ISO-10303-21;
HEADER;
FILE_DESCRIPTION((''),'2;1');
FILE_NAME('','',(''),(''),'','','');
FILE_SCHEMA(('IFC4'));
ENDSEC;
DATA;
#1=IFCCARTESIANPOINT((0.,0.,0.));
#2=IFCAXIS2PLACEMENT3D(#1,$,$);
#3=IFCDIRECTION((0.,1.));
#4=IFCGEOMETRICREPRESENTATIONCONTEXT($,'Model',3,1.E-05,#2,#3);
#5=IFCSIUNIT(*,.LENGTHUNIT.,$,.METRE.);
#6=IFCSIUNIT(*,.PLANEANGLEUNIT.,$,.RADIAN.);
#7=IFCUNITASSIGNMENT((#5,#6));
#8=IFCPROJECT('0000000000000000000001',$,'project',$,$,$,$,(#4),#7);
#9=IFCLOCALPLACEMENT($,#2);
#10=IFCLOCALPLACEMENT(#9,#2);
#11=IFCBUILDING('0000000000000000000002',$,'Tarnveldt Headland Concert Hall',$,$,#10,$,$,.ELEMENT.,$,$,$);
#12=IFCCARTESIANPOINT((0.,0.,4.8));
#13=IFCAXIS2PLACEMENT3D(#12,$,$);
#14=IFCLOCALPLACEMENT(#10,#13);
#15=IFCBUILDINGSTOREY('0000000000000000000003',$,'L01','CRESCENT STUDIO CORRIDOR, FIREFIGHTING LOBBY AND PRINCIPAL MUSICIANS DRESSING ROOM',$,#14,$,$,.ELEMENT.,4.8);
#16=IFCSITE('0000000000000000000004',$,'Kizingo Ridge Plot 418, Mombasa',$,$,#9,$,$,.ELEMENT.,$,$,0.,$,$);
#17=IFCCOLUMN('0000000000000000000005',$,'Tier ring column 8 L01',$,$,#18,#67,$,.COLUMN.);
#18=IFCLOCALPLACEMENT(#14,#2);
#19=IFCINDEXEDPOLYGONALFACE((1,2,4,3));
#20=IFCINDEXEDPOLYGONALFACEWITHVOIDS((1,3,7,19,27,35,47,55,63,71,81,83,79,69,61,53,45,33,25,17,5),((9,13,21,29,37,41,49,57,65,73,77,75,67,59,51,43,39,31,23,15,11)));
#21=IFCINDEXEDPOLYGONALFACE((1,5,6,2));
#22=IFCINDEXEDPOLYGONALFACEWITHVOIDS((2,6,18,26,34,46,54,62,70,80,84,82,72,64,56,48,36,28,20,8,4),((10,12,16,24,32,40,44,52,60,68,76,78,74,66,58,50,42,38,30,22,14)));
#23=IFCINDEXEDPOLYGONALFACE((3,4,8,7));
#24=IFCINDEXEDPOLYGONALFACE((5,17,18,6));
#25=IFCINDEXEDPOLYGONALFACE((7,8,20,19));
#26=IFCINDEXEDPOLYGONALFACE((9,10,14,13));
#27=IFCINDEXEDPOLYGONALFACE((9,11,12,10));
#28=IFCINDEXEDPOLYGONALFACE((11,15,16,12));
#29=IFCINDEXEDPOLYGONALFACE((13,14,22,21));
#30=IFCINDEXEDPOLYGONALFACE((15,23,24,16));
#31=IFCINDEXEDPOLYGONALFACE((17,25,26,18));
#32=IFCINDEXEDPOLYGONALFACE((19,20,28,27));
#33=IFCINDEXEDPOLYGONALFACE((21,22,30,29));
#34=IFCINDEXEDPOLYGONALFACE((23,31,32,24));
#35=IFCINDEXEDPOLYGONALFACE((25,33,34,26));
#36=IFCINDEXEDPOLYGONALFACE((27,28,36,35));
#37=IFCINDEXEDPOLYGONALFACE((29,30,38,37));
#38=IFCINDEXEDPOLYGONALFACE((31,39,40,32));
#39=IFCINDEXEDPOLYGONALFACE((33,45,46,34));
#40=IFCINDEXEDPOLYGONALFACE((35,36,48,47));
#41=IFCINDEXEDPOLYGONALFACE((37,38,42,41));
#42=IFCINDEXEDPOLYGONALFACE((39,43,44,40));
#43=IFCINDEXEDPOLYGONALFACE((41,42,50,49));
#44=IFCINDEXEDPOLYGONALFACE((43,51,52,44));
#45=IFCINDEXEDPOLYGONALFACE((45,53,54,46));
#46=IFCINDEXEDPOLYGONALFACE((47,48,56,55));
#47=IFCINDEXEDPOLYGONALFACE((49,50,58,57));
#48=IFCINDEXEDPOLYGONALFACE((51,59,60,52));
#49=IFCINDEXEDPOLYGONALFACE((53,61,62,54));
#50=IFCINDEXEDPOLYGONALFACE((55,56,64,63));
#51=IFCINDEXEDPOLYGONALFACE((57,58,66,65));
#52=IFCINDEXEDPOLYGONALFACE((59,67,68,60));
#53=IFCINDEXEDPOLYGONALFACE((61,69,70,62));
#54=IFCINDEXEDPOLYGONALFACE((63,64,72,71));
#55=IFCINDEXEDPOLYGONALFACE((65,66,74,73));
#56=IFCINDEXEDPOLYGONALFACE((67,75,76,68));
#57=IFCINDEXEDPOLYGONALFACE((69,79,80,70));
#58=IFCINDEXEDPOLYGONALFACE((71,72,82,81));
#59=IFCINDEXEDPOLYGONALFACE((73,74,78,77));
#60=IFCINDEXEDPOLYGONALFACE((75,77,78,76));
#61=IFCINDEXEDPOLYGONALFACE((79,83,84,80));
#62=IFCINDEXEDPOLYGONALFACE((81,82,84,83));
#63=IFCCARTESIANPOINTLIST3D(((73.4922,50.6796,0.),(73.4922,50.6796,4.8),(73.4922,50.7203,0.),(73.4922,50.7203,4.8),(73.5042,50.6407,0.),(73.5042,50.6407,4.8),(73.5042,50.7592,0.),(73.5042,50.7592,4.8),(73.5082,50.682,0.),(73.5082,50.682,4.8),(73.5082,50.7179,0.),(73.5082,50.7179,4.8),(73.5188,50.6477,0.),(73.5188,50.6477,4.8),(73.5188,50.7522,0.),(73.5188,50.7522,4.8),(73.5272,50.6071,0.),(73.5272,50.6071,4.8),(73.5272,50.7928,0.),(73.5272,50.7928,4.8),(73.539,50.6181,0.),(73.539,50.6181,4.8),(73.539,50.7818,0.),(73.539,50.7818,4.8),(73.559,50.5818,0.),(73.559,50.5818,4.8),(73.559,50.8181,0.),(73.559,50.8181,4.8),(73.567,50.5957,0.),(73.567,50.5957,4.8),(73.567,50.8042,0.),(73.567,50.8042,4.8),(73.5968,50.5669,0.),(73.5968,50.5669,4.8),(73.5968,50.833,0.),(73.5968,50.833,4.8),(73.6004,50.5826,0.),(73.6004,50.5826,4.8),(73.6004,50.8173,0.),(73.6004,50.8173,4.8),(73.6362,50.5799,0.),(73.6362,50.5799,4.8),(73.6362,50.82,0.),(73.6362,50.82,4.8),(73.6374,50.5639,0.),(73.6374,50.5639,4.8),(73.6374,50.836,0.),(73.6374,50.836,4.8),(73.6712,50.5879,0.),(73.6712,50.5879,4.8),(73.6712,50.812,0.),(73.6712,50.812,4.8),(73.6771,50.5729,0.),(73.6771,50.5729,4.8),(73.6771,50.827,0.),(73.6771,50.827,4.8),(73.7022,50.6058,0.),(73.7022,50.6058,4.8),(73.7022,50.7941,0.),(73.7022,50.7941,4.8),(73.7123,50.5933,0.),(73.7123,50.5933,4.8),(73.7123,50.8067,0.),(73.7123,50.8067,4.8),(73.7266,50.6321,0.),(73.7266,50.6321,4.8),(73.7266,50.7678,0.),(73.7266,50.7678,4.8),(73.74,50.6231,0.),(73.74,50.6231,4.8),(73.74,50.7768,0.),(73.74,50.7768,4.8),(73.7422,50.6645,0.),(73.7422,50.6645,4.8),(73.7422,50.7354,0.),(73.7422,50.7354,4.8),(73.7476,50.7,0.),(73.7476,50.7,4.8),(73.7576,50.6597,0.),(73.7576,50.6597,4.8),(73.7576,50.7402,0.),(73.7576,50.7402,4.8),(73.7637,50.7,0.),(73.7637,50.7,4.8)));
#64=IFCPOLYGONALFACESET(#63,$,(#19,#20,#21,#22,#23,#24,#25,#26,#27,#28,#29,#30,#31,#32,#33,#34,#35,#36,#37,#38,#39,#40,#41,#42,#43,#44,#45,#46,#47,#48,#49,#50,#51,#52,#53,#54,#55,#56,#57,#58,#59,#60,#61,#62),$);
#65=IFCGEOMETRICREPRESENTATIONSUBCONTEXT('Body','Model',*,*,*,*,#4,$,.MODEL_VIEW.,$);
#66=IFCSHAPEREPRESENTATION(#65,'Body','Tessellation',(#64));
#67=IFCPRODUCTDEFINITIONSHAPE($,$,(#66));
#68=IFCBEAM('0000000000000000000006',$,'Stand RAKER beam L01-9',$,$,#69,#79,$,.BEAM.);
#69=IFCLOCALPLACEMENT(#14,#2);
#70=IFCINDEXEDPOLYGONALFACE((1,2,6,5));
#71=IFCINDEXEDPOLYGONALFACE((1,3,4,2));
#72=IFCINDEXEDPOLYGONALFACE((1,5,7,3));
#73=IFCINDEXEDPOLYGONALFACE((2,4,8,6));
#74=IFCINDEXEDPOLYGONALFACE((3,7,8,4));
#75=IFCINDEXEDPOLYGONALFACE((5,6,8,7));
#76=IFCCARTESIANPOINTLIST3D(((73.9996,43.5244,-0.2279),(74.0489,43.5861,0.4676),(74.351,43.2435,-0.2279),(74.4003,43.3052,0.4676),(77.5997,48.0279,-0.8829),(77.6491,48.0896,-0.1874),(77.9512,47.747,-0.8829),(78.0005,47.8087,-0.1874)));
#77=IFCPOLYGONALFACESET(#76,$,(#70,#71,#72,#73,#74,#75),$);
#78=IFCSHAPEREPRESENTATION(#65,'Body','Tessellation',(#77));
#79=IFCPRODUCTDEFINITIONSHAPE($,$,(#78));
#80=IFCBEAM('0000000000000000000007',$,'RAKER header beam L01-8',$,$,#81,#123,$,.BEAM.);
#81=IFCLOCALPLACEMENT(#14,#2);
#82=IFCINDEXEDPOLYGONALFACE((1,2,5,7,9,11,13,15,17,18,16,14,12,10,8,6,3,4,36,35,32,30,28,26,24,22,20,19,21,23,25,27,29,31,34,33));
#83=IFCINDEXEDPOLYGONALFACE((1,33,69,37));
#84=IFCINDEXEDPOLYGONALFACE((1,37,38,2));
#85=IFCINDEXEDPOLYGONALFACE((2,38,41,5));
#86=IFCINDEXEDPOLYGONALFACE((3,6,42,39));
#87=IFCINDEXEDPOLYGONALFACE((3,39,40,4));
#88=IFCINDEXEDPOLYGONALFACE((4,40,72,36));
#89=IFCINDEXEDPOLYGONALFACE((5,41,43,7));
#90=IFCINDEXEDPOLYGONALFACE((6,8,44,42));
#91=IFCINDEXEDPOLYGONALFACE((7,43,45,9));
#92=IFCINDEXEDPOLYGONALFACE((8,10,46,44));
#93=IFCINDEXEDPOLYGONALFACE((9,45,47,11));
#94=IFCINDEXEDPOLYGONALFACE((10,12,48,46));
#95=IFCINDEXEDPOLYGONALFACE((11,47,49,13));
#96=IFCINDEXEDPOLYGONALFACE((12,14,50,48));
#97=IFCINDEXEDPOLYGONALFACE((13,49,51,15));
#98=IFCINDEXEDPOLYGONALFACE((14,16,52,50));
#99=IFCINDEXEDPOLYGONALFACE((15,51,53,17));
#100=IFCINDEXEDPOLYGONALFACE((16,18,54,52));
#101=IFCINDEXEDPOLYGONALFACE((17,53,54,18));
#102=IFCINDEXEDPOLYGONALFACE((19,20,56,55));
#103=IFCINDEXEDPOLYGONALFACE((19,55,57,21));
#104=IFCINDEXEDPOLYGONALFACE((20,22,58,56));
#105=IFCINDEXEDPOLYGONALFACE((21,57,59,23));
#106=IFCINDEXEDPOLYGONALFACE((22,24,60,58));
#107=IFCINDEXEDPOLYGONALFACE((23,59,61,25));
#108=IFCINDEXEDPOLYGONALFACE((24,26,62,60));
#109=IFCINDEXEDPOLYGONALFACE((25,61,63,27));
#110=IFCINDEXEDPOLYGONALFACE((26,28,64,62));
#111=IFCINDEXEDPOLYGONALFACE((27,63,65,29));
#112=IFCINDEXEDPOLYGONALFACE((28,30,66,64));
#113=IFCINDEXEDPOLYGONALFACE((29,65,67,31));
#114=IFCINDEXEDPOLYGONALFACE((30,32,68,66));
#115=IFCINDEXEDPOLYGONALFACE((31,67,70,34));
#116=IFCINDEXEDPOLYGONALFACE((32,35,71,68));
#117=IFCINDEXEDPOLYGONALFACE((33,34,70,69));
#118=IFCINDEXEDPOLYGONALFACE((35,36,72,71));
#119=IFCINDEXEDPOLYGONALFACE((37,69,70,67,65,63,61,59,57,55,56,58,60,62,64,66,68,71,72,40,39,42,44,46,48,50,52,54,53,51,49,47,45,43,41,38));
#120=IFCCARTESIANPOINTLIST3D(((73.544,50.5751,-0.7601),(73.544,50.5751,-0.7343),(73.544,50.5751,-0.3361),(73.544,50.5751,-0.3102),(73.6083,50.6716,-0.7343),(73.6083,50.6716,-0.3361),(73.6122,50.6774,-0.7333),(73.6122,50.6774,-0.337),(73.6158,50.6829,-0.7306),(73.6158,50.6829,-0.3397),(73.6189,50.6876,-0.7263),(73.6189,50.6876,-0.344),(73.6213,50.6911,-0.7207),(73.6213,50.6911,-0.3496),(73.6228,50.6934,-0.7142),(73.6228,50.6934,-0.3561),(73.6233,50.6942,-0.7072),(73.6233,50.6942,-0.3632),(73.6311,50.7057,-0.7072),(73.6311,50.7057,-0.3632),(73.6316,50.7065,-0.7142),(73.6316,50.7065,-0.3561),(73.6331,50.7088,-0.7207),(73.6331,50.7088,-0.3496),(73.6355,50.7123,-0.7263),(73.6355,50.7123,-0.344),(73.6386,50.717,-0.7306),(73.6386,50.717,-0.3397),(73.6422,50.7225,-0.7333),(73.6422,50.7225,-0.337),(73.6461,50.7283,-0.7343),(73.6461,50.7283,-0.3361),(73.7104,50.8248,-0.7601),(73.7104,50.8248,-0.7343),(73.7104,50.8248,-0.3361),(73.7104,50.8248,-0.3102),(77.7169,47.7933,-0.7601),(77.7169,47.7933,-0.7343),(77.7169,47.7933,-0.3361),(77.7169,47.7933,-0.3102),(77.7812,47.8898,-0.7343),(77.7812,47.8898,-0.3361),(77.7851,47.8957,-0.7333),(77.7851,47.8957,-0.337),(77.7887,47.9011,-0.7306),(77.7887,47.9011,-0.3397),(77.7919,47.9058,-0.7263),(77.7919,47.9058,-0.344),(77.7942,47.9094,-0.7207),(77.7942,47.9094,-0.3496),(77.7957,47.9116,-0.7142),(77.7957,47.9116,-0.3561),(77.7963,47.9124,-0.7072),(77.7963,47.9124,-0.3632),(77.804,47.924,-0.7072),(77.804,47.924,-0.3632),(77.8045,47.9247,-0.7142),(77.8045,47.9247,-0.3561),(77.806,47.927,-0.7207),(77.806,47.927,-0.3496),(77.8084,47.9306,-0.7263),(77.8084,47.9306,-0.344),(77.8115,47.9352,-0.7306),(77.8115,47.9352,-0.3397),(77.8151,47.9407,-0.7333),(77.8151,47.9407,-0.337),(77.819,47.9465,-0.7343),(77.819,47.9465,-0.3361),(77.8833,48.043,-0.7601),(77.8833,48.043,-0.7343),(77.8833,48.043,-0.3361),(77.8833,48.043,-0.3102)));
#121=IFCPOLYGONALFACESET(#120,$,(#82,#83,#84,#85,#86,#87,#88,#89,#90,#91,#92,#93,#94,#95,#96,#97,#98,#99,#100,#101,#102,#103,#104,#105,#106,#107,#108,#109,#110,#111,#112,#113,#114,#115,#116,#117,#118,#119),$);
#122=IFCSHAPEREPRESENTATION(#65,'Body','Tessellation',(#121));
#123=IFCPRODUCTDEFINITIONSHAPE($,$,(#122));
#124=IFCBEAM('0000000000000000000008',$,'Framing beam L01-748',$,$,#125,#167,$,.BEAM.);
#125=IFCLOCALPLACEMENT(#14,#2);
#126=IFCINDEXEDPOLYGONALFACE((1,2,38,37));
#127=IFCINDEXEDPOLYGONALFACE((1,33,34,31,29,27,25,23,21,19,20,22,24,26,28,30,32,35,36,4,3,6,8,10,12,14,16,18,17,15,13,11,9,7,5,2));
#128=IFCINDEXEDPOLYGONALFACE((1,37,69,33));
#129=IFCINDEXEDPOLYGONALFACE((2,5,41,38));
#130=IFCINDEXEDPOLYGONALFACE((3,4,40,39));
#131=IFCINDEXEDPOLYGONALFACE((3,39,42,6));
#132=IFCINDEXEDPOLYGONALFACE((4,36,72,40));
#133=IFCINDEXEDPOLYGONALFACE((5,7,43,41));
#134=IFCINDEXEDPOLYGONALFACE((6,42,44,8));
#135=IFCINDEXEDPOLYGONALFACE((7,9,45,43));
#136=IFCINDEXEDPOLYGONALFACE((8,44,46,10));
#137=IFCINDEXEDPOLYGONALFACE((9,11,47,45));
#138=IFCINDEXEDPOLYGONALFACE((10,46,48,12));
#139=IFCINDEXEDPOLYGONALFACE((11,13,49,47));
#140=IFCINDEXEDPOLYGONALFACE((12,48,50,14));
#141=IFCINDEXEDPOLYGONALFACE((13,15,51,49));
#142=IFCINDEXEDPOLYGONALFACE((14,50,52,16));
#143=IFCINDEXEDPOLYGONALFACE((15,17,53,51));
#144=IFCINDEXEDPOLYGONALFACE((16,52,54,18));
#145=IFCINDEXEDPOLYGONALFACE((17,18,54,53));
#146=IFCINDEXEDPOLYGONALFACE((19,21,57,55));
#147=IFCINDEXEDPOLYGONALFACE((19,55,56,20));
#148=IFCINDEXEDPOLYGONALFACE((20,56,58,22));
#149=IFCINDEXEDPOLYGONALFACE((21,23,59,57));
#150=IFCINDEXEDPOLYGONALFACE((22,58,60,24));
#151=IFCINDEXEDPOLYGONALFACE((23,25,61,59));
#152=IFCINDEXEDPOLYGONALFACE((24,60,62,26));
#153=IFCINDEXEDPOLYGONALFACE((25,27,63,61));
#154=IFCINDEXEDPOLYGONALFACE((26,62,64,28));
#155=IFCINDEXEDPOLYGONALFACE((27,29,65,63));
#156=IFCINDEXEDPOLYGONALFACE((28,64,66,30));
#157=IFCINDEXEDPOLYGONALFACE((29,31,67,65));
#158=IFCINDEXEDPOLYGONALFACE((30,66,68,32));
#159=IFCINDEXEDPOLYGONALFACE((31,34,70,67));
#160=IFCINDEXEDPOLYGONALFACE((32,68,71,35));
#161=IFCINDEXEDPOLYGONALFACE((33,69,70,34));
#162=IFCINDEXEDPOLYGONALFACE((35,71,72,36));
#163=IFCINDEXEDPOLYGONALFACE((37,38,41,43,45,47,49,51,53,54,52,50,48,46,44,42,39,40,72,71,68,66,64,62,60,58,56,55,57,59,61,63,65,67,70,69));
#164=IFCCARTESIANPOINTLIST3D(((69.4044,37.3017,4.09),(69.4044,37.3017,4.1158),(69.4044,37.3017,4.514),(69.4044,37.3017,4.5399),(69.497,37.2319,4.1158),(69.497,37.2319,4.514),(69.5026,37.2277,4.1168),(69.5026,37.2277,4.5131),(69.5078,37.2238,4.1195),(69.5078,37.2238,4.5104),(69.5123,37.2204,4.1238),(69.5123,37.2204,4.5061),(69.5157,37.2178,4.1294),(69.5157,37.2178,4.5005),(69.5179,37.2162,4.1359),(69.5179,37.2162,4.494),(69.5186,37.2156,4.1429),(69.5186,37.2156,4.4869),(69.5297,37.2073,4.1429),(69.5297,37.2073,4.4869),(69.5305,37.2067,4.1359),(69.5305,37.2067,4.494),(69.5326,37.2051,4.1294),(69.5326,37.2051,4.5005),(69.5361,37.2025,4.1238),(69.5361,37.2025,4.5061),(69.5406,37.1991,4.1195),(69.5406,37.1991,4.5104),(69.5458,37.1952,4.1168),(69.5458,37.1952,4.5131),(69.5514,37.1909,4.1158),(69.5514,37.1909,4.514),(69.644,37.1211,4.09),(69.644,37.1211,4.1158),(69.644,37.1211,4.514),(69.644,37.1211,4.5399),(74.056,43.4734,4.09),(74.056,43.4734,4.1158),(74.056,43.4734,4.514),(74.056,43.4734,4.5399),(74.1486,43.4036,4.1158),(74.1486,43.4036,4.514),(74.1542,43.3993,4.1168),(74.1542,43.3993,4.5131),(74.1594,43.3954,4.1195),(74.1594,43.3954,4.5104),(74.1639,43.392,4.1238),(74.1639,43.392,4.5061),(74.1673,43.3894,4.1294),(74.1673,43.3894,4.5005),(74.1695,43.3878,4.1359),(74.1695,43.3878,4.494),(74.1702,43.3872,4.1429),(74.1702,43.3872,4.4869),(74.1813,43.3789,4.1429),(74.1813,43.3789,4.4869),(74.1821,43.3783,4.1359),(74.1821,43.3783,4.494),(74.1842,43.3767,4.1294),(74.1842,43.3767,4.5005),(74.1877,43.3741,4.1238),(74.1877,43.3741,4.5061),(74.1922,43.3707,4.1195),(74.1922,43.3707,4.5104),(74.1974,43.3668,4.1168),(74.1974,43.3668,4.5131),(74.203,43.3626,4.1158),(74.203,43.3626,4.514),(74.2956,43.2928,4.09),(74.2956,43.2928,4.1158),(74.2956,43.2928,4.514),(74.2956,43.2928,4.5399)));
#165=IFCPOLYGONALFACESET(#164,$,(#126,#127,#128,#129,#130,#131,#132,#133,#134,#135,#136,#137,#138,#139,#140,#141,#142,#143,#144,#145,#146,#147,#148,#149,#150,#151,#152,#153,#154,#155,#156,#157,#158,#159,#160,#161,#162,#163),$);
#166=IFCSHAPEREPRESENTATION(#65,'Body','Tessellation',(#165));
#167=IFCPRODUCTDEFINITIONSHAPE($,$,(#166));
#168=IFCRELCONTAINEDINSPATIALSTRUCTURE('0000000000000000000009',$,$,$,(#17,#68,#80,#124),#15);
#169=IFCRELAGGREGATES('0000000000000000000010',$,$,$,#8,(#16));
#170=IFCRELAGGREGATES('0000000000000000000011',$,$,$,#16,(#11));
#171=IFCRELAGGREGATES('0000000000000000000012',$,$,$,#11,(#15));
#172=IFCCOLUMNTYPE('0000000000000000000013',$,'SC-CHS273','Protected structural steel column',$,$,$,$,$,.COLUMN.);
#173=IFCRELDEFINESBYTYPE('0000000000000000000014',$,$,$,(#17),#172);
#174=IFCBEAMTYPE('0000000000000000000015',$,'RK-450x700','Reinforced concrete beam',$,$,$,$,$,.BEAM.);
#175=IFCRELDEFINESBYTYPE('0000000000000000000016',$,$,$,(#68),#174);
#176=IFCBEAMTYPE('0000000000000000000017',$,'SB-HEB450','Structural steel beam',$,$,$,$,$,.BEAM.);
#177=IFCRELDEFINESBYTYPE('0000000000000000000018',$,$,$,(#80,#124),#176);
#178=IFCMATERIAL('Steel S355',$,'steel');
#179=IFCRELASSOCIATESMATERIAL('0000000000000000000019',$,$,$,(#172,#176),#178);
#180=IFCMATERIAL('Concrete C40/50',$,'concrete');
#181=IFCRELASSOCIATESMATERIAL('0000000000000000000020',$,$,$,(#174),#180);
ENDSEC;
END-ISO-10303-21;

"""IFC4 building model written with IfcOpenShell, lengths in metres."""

from ifc_helpers import new_model, si_unit, direction, frame, origin, origin_2d, place, context, subcontext, project, spatial, rectangle, hollow_circle, i_section, extrude, material, material_profile, profile_set, type_object, element, save


model = new_model("IFC4")

# Units and contexts
model_context = context("Model", 3, precision=1e-05, world=origin(), true_north=direction((0.0, 1.0)))
body_context = subcontext(model_context, "Body", "Model", "MODEL_VIEW")
ifc_project = project(units=[si_unit("LENGTHUNIT", "METRE"), si_unit("PLANEANGLEUNIT", "RADIAN")], contexts=[model_context])

# Site, building, storey
site_placement = place(None, origin())
site = spatial("IfcSite", under=ifc_project, at=site_placement, Name="Kizingo Ridge Plot 418, Mombasa", CompositionType="ELEMENT", RefElevation=0.0)
building_placement = place(site_placement, origin())
building = spatial("IfcBuilding", under=site, at=building_placement, Name="Tarnveldt Headland Concert Hall", CompositionType="ELEMENT")
storey_placement = place(building_placement, frame((0.0, 0.0, 4.8)))
storey = spatial("IfcBuildingStorey", under=building, at=storey_placement, Name="L01", Description="CRESCENT STUDIO CORRIDOR, FIREFIGHTING LOBBY AND PRINCIPAL MUSICIANS DRESSING ROOM", CompositionType="ELEMENT", Elevation=4.8)

# Column
ifc_material_1 = material(Name="Concrete C40/50", Category="concrete")
ifc_material_2 = material(Name="Steel S355", Category="steel")
ifc_material_profile_1 = material_profile(ifc_material_2, hollow_circle(Radius=0.1365, WallThickness=0.0161, at=origin_2d()), Name="CHS 273x16", Category="steel")
ifc_profile_set_1 = profile_set([ifc_material_profile_1], Name="Steel S355")
column_type_1 = type_object("IfcColumnType", Name="SC-CHS273", Description="Protected structural steel column", PredefinedType="COLUMN", material=ifc_profile_set_1)
column_1_placement = place(storey_placement, frame((73.6272, 50.7, 0.0), z_axis=(0.0, 0.0, 1.0), x_axis=(1.0, 0.0, 0.0)))
element("IfcColumn", 1, at=column_1_placement, inside=storey, type_object=column_type_1, Name="Tier ring column 8 L01", PredefinedType="COLUMN", context=body_context, shape_type="SweptSolid", body=[
    extrude(hollow_circle(Radius=0.1365, WallThickness=0.0161, at=origin_2d()), origin(), (0.0, 0.0, 1.0), 4.8),
])

# Beams
ifc_material_profile_2 = material_profile(ifc_material_1, rectangle(XDim=0.45, YDim=0.7, at=origin_2d()), Name="RAKER RC 450x700", Category="concrete")
ifc_profile_set_2 = profile_set([ifc_material_profile_2], Name="Concrete C40/50")
beam_type_1 = type_object("IfcBeamType", Name="RK-450x700", Description="Reinforced concrete beam", PredefinedType="BEAM", material=ifc_profile_set_2)
beam_1_placement = place(storey_placement, frame((74.2, 43.4148, 0.1199), z_axis=(0.620425, 0.776099, -0.112885), x_axis=(-0.781092, 0.624416, 0.0)))
element("IfcBeam", 2, at=beam_1_placement, inside=storey, type_object=beam_type_1, Name="Stand RAKER beam L01-9", PredefinedType="BEAM", context=body_context, shape_type="SweptSolid", body=[
    extrude(rectangle(XDim=0.45, YDim=0.7, at=origin_2d()), origin(), (0.0, 0.0, 1.0), 5.8027),
])
ifc_material_profile_3 = material_profile(ifc_material_2, i_section(OverallWidth=0.3, OverallDepth=0.45, WebThickness=0.0139, FlangeThickness=0.0259, FilletRadius=0.0271, at=origin_2d()), Name="HEB450", Category="steel")
ifc_profile_set_3 = profile_set([ifc_material_profile_3], Name="Steel S355")
beam_type_2 = type_object("IfcBeamType", Name="SB-HEB450", Description="Structural steel beam", PredefinedType="BEAM", material=ifc_profile_set_3)
beam_2_placement = place(storey_placement, frame((73.6272, 50.7, -0.5352), z_axis=(0.832065, -0.554678, 0.0), x_axis=(0.554678, 0.832065, 0.0)))
element("IfcBeam", 3, at=beam_2_placement, inside=storey, type_object=beam_type_2, Name="RAKER header beam L01-8", PredefinedType="BEAM", context=body_context, shape_type="SweptSolid", body=[
    extrude(i_section(OverallWidth=0.3, OverallDepth=0.45, WebThickness=0.0139, FlangeThickness=0.0259, FilletRadius=0.0271, at=origin_2d()), origin(), (0.0, 0.0, 1.0), 5.0151),
])
beam_3_placement = place(storey_placement, frame((74.1758, 43.3831, 4.3149), z_axis=(-0.601894, -0.798576, 0.0), x_axis=(0.798576, -0.601894, 0.0)))
element("IfcBeam", 4, at=beam_3_placement, inside=storey, type_object=beam_type_2, Name="Framing beam L01-748", PredefinedType="BEAM", context=body_context, shape_type="SweptSolid", body=[
    extrude(i_section(OverallWidth=0.3, OverallDepth=0.45, WebThickness=0.0139, FlangeThickness=0.0259, FilletRadius=0.0271, at=origin_2d()), origin(), (0.0, 0.0, 1.0), 7.7283),
])

save(model, "model.ifc")
